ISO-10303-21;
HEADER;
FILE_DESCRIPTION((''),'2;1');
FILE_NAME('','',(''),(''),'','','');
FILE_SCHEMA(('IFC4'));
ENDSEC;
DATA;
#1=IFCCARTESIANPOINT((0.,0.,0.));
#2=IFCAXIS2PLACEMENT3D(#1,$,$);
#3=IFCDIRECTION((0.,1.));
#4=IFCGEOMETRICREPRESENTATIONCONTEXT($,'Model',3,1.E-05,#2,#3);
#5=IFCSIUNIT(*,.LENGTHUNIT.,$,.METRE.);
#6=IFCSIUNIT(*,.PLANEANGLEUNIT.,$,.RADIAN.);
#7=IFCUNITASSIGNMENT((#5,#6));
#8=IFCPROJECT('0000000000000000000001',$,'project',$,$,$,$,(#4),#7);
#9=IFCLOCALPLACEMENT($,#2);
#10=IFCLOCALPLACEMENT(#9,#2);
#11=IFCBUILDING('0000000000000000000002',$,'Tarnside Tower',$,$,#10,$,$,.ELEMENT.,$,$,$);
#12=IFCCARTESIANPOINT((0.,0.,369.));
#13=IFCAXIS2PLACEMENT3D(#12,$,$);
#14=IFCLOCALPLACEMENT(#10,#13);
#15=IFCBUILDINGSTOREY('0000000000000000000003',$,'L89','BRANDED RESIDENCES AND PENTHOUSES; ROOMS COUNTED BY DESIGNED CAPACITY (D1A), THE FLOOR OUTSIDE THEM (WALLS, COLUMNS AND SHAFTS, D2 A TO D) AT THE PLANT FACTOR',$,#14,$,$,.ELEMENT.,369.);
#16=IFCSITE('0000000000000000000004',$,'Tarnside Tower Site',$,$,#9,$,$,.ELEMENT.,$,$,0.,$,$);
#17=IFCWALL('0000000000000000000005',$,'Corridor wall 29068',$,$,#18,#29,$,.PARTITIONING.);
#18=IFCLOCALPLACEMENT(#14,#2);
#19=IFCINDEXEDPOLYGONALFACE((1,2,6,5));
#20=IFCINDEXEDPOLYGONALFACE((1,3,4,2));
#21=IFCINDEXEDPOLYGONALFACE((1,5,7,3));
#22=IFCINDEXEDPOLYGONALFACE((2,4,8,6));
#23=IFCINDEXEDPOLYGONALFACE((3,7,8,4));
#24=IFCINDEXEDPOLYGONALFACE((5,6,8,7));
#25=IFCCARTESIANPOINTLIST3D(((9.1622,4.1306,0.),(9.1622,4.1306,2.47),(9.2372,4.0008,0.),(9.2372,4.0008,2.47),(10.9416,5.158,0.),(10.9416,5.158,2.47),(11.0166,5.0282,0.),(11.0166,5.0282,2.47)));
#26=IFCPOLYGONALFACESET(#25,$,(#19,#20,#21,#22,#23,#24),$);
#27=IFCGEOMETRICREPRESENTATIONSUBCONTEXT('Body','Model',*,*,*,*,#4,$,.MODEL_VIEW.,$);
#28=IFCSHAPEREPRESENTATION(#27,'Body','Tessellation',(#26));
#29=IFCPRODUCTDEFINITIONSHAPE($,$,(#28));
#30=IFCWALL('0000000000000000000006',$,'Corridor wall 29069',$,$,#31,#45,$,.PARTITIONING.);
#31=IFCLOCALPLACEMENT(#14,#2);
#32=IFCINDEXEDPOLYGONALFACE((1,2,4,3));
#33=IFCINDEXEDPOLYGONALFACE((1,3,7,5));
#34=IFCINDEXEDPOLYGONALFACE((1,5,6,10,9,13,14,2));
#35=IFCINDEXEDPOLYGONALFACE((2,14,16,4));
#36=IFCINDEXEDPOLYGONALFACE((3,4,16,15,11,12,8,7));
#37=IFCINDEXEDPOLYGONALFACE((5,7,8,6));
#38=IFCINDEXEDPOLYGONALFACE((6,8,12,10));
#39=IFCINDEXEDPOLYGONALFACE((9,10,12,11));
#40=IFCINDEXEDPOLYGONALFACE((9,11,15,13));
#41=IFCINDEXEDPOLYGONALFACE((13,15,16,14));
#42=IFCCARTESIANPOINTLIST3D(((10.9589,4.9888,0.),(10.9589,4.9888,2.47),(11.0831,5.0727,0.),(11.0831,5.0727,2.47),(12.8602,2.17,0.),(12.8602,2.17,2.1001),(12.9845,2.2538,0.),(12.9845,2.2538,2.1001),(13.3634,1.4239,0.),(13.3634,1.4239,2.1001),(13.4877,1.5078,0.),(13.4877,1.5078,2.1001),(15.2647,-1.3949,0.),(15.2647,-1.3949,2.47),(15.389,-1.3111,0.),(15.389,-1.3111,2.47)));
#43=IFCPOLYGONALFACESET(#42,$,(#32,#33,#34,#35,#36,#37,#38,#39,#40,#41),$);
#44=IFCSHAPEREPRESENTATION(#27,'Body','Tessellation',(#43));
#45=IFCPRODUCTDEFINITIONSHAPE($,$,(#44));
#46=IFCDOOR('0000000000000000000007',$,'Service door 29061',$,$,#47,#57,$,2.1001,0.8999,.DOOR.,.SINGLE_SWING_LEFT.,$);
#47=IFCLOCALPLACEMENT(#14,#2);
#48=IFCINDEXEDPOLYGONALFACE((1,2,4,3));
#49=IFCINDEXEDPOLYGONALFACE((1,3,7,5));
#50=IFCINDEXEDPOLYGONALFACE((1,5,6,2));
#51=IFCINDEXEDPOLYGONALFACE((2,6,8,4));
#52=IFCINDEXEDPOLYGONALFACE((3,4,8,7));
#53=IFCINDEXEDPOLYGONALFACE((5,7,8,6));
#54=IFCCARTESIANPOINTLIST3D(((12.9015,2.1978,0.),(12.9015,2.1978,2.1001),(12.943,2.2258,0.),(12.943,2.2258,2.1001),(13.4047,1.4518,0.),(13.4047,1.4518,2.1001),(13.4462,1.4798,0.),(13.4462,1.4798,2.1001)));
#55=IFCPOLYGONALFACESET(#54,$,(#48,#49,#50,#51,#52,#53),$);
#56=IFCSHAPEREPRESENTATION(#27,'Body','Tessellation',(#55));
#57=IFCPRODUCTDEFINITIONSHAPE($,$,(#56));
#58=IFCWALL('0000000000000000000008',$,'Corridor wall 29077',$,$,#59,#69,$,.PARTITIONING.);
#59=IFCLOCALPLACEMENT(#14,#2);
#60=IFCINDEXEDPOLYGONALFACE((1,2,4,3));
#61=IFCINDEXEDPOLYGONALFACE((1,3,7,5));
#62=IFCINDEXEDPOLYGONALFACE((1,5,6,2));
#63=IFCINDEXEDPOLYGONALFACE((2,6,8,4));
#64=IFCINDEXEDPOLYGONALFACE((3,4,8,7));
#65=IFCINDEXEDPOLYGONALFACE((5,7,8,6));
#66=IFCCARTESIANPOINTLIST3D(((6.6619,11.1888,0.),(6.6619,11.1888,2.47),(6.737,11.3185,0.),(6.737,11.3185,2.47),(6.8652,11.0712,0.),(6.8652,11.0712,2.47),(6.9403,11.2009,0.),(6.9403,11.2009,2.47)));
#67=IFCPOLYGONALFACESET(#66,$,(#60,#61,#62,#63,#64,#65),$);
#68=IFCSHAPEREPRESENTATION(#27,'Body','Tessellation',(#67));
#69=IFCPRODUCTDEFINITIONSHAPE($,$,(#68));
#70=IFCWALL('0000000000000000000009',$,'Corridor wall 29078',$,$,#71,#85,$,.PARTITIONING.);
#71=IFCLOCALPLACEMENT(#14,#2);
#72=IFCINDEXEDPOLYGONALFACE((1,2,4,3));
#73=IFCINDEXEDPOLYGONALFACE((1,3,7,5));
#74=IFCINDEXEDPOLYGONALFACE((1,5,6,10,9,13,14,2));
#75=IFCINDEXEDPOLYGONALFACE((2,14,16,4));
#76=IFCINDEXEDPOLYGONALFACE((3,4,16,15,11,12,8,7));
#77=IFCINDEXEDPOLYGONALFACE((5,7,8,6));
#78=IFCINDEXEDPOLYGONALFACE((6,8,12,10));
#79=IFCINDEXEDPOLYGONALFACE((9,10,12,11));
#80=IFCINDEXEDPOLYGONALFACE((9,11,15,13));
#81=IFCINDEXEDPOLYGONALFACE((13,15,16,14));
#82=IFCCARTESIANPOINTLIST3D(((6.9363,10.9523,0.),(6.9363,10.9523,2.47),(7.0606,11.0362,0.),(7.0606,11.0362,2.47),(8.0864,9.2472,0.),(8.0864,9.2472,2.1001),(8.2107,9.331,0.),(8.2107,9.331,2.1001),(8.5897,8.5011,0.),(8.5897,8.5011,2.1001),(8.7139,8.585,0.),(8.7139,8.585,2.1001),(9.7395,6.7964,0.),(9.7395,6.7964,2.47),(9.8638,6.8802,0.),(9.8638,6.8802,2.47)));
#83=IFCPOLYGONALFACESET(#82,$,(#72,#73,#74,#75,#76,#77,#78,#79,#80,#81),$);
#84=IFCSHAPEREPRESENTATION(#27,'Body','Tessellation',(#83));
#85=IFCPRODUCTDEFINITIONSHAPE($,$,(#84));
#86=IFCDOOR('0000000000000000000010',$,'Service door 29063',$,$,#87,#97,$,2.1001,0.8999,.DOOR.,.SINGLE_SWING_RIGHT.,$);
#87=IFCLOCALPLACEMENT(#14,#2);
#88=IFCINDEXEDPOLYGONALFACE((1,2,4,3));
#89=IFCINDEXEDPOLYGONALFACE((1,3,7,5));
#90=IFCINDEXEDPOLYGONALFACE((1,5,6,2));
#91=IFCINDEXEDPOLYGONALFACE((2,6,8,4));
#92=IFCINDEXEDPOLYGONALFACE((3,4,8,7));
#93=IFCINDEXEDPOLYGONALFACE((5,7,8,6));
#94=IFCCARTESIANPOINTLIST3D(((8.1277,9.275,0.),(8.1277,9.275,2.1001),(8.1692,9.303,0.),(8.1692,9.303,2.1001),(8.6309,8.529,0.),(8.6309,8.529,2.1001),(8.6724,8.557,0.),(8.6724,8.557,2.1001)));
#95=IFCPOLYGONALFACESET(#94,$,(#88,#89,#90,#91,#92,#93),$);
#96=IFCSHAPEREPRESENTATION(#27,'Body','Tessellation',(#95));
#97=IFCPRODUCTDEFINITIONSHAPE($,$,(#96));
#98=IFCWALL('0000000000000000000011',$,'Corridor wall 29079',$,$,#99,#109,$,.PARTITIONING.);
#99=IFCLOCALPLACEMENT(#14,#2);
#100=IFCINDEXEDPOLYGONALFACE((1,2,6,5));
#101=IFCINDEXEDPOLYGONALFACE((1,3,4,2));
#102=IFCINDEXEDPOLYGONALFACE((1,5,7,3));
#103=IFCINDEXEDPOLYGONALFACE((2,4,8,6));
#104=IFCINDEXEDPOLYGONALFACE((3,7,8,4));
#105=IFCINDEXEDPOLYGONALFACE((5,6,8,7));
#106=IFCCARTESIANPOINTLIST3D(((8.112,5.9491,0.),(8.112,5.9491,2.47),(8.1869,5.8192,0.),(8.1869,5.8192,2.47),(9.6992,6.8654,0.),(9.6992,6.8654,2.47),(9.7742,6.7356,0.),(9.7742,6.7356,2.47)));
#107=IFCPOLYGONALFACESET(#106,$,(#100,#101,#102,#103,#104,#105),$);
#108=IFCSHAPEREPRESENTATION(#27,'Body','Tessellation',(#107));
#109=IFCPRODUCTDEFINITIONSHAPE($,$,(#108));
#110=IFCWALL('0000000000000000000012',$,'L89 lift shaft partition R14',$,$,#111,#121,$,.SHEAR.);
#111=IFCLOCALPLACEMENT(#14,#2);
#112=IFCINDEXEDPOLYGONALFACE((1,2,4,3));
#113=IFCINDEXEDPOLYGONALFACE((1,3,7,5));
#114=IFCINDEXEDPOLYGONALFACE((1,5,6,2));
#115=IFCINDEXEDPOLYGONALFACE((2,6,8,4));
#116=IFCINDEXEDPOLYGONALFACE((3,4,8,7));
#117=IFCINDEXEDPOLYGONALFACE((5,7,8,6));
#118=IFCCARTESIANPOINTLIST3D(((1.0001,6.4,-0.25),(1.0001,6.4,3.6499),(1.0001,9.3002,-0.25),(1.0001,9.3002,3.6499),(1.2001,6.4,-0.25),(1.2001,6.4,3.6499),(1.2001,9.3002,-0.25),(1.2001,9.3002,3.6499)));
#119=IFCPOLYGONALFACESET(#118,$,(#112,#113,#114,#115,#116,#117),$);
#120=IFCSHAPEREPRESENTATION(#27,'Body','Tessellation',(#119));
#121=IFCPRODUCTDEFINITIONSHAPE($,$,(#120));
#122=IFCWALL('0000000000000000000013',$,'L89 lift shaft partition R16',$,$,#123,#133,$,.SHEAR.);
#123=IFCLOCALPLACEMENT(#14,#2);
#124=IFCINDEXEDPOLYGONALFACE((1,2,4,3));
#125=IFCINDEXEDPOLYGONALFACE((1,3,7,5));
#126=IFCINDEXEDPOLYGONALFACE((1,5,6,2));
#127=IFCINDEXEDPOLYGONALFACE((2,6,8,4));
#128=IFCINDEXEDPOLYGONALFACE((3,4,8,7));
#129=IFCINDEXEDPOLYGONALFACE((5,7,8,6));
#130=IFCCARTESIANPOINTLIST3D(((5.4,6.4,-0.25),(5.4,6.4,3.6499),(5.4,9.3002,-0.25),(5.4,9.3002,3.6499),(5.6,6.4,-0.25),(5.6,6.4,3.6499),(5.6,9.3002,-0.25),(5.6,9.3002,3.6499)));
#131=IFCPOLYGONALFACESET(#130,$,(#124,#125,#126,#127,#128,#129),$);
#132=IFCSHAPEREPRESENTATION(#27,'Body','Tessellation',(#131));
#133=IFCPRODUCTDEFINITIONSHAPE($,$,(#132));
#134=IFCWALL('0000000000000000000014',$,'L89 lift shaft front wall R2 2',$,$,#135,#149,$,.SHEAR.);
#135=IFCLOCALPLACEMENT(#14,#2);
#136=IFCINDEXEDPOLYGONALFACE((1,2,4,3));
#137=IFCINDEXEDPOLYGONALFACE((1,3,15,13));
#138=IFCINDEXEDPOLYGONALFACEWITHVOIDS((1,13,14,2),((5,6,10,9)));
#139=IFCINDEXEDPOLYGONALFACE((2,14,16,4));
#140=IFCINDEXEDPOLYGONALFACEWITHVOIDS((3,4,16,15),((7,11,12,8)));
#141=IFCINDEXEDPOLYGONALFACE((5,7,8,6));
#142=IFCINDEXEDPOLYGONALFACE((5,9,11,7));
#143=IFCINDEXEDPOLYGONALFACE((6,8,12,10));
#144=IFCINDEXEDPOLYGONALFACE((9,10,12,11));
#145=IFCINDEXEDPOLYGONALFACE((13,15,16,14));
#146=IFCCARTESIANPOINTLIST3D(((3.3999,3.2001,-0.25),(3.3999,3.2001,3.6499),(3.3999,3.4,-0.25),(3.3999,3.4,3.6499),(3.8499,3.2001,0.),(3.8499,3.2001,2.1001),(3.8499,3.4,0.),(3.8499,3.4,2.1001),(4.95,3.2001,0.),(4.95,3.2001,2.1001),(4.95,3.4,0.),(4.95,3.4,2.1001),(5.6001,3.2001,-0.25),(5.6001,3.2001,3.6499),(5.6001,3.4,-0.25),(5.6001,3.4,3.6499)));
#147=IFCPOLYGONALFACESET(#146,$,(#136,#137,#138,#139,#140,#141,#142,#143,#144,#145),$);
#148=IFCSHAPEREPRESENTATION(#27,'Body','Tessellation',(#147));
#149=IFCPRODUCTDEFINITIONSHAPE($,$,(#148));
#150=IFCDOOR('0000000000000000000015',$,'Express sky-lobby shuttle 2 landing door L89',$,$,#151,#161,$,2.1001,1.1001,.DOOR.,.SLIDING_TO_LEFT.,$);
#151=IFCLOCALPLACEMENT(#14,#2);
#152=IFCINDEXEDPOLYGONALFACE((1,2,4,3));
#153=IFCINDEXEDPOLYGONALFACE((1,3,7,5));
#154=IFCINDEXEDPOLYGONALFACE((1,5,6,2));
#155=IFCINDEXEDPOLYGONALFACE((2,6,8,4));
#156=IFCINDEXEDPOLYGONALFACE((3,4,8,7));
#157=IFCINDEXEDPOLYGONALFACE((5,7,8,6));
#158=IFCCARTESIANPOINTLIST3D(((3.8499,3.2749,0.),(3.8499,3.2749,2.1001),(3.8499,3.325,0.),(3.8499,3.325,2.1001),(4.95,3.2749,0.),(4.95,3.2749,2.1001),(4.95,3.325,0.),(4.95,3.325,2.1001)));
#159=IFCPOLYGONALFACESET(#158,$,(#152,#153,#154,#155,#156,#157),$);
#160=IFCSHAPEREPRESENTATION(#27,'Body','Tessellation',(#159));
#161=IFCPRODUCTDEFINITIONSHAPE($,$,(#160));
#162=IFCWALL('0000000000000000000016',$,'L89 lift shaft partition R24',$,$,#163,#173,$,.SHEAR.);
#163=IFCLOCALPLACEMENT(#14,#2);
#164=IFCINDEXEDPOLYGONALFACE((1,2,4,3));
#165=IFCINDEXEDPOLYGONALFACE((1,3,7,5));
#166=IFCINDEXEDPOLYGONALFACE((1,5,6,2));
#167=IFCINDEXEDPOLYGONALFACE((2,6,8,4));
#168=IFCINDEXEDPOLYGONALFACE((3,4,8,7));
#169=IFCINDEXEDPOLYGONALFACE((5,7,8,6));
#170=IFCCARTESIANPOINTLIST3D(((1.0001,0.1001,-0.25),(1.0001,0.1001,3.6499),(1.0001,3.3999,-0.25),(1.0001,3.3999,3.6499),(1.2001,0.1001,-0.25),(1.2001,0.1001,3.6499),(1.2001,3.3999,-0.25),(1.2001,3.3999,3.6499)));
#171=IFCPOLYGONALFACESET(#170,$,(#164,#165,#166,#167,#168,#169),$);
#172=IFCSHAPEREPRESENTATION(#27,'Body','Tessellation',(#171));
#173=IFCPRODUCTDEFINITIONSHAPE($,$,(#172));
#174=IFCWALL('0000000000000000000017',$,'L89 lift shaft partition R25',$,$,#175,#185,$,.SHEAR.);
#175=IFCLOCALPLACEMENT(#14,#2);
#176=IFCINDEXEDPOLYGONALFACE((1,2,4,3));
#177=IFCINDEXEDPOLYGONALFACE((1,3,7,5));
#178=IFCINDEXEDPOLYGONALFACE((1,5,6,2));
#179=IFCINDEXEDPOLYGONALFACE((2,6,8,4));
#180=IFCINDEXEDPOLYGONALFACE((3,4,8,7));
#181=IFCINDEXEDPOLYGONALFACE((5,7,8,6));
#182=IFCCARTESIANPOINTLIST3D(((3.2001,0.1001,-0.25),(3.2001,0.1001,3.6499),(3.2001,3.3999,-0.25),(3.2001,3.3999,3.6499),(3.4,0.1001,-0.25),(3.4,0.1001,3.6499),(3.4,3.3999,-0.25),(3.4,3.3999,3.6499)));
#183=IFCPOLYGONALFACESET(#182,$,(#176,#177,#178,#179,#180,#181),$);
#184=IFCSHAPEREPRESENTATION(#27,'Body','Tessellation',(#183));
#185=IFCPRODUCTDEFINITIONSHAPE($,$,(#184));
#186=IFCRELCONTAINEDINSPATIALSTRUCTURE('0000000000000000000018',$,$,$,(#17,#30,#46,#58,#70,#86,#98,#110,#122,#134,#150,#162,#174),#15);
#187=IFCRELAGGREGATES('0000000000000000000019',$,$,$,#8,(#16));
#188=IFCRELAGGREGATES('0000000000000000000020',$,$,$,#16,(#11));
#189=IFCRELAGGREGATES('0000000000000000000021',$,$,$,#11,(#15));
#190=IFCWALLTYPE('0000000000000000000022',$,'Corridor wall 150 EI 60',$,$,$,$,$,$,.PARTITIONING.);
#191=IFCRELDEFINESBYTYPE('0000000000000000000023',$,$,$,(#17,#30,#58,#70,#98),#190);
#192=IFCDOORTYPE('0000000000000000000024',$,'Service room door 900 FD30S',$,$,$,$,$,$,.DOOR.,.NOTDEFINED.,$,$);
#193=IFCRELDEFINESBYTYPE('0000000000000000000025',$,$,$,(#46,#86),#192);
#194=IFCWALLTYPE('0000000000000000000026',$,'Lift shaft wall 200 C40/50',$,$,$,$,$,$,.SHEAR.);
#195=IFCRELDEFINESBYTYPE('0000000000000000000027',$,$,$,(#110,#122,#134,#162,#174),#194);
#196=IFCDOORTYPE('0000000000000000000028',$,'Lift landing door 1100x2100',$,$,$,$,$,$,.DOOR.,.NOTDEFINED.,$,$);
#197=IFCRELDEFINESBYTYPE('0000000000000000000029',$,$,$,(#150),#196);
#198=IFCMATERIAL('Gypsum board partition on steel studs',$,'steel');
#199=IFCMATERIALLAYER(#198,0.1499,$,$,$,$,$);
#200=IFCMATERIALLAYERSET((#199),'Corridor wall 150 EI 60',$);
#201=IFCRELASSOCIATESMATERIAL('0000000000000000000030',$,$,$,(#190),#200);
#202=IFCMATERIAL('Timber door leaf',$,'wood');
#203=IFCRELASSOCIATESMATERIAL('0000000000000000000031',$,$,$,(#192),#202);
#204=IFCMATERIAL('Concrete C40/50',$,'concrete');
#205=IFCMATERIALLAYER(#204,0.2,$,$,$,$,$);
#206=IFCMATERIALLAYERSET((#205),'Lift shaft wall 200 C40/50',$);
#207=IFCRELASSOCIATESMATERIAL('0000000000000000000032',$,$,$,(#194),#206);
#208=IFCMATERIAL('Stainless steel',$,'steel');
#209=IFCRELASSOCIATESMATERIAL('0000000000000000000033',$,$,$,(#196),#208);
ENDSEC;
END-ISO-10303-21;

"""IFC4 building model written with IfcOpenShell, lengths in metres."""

from ifc_helpers import new_model, si_unit, direction, frame, frame_2d, origin, place, context, subcontext, project, spatial, rectangle, extrude, material, layer, layer_set, type_object, element, fill, save


model = new_model("IFC4")

# Units and contexts
model_context = context("Model", 3, precision=1e-05, world=origin(), true_north=direction((0.0, 1.0)))
body_context = subcontext(model_context, "Body", "Model", "MODEL_VIEW")
ifc_project = project(units=[si_unit("LENGTHUNIT", "METRE"), si_unit("PLANEANGLEUNIT", "RADIAN")], contexts=[model_context])

# Site, building, storey
site_placement = place(None, origin())
site = spatial("IfcSite", under=ifc_project, at=site_placement, Name="Tarnside Tower Site", CompositionType="ELEMENT", RefElevation=0.0)
building_placement = place(site_placement, origin())
building = spatial("IfcBuilding", under=site, at=building_placement, Name="Tarnside Tower", CompositionType="ELEMENT")
storey_placement = place(building_placement, frame((0.0, 0.0, 369.0)))
storey = spatial("IfcBuildingStorey", under=building, at=storey_placement, Name="L89", Description="BRANDED RESIDENCES AND PENTHOUSES; ROOMS COUNTED BY DESIGNED CAPACITY (D1A), THE FLOOR OUTSIDE THEM (WALLS, COLUMNS AND SHAFTS, D2 A TO D) AT THE PLANT FACTOR", CompositionType="ELEMENT", Elevation=369.0)

# Shared definitions
ifc_material_1 = material(Name="Concrete C40/50", Category="concrete")

# Wall
ifc_material_2 = material(Name="Gypsum board partition on steel studs", Category="steel")
ifc_layer_1 = layer(ifc_material_2, 0.1499)
ifc_layer_set_1 = layer_set([ifc_layer_1], Name="Corridor wall 150 EI 60")
wall_type_1 = type_object("IfcWallType", Name="Corridor wall 150 EI 60", PredefinedType="PARTITIONING", material=ifc_layer_set_1)
wall_1_placement = place(storey_placement, frame((9.1997, 4.0657, 0.0), z_axis=(0.0, 0.0, 1.0), x_axis=(0.866011, 0.500024, 0.0)))
element("IfcWall", 1, at=wall_1_placement, inside=storey, type_object=wall_type_1, Name="Corridor wall 29068", PredefinedType="PARTITIONING", context=body_context, shape_type="SweptSolid", body=[
    extrude(rectangle(XDim=2.0547, YDim=0.1499, at=frame_2d((1.0273, 0.0))), origin(), (0.0, 0.0, 1.0), 2.47),
])

# Wall, opening, door
wall_2_placement = place(storey_placement, frame((11.021, 5.0308, 0.0), z_axis=(0.0, 0.0, 1.0), x_axis=(0.559192, -0.829038, 0.0)))
wall_2 = element("IfcWall", 2, at=wall_2_placement, inside=storey, type_object=wall_type_1, Name="Corridor wall 29069", PredefinedType="PARTITIONING", context=body_context, shape_type="SweptSolid", body=[
    extrude(rectangle(XDim=7.7002, YDim=0.1499, at=frame_2d((3.8501, 0.0))), origin(), (0.0, 0.0, 1.0), 2.47),
])
opening_1_placement = place(wall_2_placement, frame((3.4001, 0.0, 0.0)))
opening_1 = element("IfcOpeningElement", 3, at=opening_1_placement, cuts=wall_2, PredefinedType="OPENING", context=body_context, shape_type="SweptSolid", body=[
    extrude(rectangle(XDim=0.8999, YDim=2.1001, at=frame_2d((0.45, 1.05))), frame((0.0, 0.085, 0.0), z_axis=(0.0, -1.0, 0.0), x_axis=(1.0, 0.0, 0.0)), (0.0, 0.0, 1.0), 0.1699),
])
ifc_material_3 = material(Name="Timber door leaf", Category="wood")
door_type_1 = type_object("IfcDoorType", Name="Service room door 900 FD30S", OperationType="NOTDEFINED", PredefinedType="DOOR", material=ifc_material_3)
door_1_placement = place(opening_1_placement, origin())
door_1 = element("IfcDoor", 4, at=door_1_placement, inside=storey, type_object=door_type_1, Name="Service door 29061", OperationType="SINGLE_SWING_LEFT", OverallHeight=2.1001, OverallWidth=0.8999, PredefinedType="DOOR", context=body_context, shape_type="SweptSolid", body=[
    extrude(rectangle(XDim=0.8999, YDim=2.1001, at=frame_2d((0.45, 1.05))), frame((0.0, 0.0249, 0.0), z_axis=(0.0, -1.0, 0.0), x_axis=(1.0, 0.0, 0.0)), (0.0, 0.0, 1.0), 0.05),
])
fill(opening_1, door_1)

# Wall
wall_3_placement = place(storey_placement, frame((6.6995, 11.2537, 0.0), z_axis=(0.0, 0.0, 1.0), x_axis=(0.865545, -0.500831, 0.0)))
element("IfcWall", 5, at=wall_3_placement, inside=storey, type_object=wall_type_1, Name="Corridor wall 29077", PredefinedType="PARTITIONING", context=body_context, shape_type="SweptSolid", body=[
    extrude(rectangle(XDim=0.2349, YDim=0.1499, at=frame_2d((0.1174, 0.0))), origin(), (0.0, 0.0, 1.0), 2.47),
])

# Wall, opening, door
wall_4_placement = place(storey_placement, frame((6.9985, 10.9941, 0.0), z_axis=(0.0, 0.0, 1.0), x_axis=(0.559188, -0.829041, 0.0)))
wall_4 = element("IfcWall", 6, at=wall_4_placement, inside=storey, type_object=wall_type_1, Name="Corridor wall 29078", PredefinedType="PARTITIONING", context=body_context, shape_type="SweptSolid", body=[
    extrude(rectangle(XDim=5.0129, YDim=0.1499, at=frame_2d((2.5063, 0.0))), origin(), (0.0, 0.0, 1.0), 2.47),
])
opening_2_placement = place(wall_4_placement, frame((2.0566, 0.0, 0.0)))
opening_2 = element("IfcOpeningElement", 7, at=opening_2_placement, cuts=wall_4, PredefinedType="OPENING", context=body_context, shape_type="SweptSolid", body=[
    extrude(rectangle(XDim=0.8999, YDim=2.1001, at=frame_2d((0.45, 1.05))), frame((0.0, 0.085, 0.0), z_axis=(0.0, -1.0, 0.0), x_axis=(1.0, 0.0, 0.0)), (0.0, 0.0, 1.0), 0.1699),
])
door_2_placement = place(opening_2_placement, origin())
door_2 = element("IfcDoor", 8, at=door_2_placement, inside=storey, type_object=door_type_1, Name="Service door 29063", OperationType="SINGLE_SWING_RIGHT", OverallHeight=2.1001, OverallWidth=0.8999, PredefinedType="DOOR", context=body_context, shape_type="SweptSolid", body=[
    extrude(rectangle(XDim=0.8999, YDim=2.1001, at=frame_2d((0.45, 1.05))), frame((0.0, 0.0249, 0.0), z_axis=(0.0, -1.0, 0.0), x_axis=(1.0, 0.0, 0.0)), (0.0, 0.0, 1.0), 0.05),
])
fill(opening_2, door_2)

# Walls
wall_5_placement = place(storey_placement, frame((9.7368, 6.8005, 0.0), z_axis=(0.0, 0.0, 1.0), x_axis=(-0.866046, -0.499965, 0.0)))
element("IfcWall", 9, at=wall_5_placement, inside=storey, type_object=wall_type_1, Name="Corridor wall 29079", PredefinedType="PARTITIONING", context=body_context, shape_type="SweptSolid", body=[
    extrude(rectangle(XDim=1.8328, YDim=0.1499, at=frame_2d((0.9165, 0.0))), origin(), (0.0, 0.0, 1.0), 2.47),
])
ifc_layer_2 = layer(ifc_material_1, 0.2)
ifc_layer_set_2 = layer_set([ifc_layer_2], Name="Lift shaft wall 200 C40/50")
wall_type_2 = type_object("IfcWallType", Name="Lift shaft wall 200 C40/50", PredefinedType="SHEAR", material=ifc_layer_set_2)
for number, where, z_axis, x_axis, name in (
    (10, (1.1001, 6.3999, -0.25), (0.0, 0.0, 1.0), (0.0, 1.0, 0.0), "L89 lift shaft partition R14"),
    (11, (5.5, 6.3999, -0.25), (0.0, 0.0, 1.0), (0.0, 1.0, 0.0), "L89 lift shaft partition R16"),
):
    element("IfcWall", number, at=place(storey_placement, frame(where, z_axis=z_axis, x_axis=x_axis)), inside=storey, type_object=wall_type_2, Name=name, PredefinedType="SHEAR", context=body_context, shape_type="SweptSolid", body=[
        extrude(rectangle(XDim=2.9001, YDim=0.2, at=frame_2d((1.4502, 0.0))), origin(), (0.0, 0.0, 1.0), 3.8999),
    ])

# Wall, opening, door
wall_6_placement = place(storey_placement, frame((3.3999, 3.3, -0.25), z_axis=(0.0, 0.0, 1.0), x_axis=(1.0, 0.0, 0.0)))
wall_6 = element("IfcWall", 12, at=wall_6_placement, inside=storey, type_object=wall_type_2, Name="L89 lift shaft front wall R2 2", PredefinedType="SHEAR", context=body_context, shape_type="SweptSolid", body=[
    extrude(rectangle(XDim=2.2002, YDim=0.2, at=frame_2d((1.1001, 0.0))), origin(), (0.0, 0.0, 1.0), 3.8999),
])
opening_3_placement = place(wall_6_placement, frame((0.45, 0.0, 0.25)))
opening_3 = element("IfcOpeningElement", 13, at=opening_3_placement, cuts=wall_6, PredefinedType="OPENING", context=body_context, shape_type="SweptSolid", body=[
    extrude(rectangle(XDim=1.1001, YDim=2.1001, at=frame_2d((0.55, 1.05))), frame((0.0, 0.1099, 0.0), z_axis=(0.0, -1.0, 0.0), x_axis=(1.0, 0.0, 0.0)), (0.0, 0.0, 1.0), 0.22),
])
ifc_material_4 = material(Name="Stainless steel", Category="steel")
door_type_2 = type_object("IfcDoorType", Name="Lift landing door 1100x2100", OperationType="NOTDEFINED", PredefinedType="DOOR", material=ifc_material_4)
door_3_placement = place(opening_3_placement, origin())
door_3 = element("IfcDoor", 14, at=door_3_placement, inside=storey, type_object=door_type_2, Name="Express sky-lobby shuttle 2 landing door L89", OperationType="SLIDING_TO_LEFT", OverallHeight=2.1001, OverallWidth=1.1001, PredefinedType="DOOR", context=body_context, shape_type="SweptSolid", body=[
    extrude(rectangle(XDim=1.1001, YDim=2.1001, at=frame_2d((0.55, 1.05))), frame((0.0, 0.0249, 0.0), z_axis=(0.0, -1.0, 0.0), x_axis=(1.0, 0.0, 0.0)), (0.0, 0.0, 1.0), 0.05),
])
fill(opening_3, door_3)

# Walls
for number, where, z_axis, x_axis, name in (
    (15, (1.1001, 0.1001, -0.25), (0.0, 0.0, 1.0), (0.0, 1.0, 0.0), "L89 lift shaft partition R24"),
    (16, (3.3, 0.1001, -0.25), (0.0, 0.0, 1.0), (0.0, 1.0, 0.0), "L89 lift shaft partition R25"),
):
    element("IfcWall", number, at=place(storey_placement, frame(where, z_axis=z_axis, x_axis=x_axis)), inside=storey, type_object=wall_type_2, Name=name, PredefinedType="SHEAR", context=body_context, shape_type="SweptSolid", body=[
        extrude(rectangle(XDim=3.2998, YDim=0.2, at=frame_2d((1.6499, 0.0))), origin(), (0.0, 0.0, 1.0), 3.8999),
    ])

save(model, "model.ifc")
